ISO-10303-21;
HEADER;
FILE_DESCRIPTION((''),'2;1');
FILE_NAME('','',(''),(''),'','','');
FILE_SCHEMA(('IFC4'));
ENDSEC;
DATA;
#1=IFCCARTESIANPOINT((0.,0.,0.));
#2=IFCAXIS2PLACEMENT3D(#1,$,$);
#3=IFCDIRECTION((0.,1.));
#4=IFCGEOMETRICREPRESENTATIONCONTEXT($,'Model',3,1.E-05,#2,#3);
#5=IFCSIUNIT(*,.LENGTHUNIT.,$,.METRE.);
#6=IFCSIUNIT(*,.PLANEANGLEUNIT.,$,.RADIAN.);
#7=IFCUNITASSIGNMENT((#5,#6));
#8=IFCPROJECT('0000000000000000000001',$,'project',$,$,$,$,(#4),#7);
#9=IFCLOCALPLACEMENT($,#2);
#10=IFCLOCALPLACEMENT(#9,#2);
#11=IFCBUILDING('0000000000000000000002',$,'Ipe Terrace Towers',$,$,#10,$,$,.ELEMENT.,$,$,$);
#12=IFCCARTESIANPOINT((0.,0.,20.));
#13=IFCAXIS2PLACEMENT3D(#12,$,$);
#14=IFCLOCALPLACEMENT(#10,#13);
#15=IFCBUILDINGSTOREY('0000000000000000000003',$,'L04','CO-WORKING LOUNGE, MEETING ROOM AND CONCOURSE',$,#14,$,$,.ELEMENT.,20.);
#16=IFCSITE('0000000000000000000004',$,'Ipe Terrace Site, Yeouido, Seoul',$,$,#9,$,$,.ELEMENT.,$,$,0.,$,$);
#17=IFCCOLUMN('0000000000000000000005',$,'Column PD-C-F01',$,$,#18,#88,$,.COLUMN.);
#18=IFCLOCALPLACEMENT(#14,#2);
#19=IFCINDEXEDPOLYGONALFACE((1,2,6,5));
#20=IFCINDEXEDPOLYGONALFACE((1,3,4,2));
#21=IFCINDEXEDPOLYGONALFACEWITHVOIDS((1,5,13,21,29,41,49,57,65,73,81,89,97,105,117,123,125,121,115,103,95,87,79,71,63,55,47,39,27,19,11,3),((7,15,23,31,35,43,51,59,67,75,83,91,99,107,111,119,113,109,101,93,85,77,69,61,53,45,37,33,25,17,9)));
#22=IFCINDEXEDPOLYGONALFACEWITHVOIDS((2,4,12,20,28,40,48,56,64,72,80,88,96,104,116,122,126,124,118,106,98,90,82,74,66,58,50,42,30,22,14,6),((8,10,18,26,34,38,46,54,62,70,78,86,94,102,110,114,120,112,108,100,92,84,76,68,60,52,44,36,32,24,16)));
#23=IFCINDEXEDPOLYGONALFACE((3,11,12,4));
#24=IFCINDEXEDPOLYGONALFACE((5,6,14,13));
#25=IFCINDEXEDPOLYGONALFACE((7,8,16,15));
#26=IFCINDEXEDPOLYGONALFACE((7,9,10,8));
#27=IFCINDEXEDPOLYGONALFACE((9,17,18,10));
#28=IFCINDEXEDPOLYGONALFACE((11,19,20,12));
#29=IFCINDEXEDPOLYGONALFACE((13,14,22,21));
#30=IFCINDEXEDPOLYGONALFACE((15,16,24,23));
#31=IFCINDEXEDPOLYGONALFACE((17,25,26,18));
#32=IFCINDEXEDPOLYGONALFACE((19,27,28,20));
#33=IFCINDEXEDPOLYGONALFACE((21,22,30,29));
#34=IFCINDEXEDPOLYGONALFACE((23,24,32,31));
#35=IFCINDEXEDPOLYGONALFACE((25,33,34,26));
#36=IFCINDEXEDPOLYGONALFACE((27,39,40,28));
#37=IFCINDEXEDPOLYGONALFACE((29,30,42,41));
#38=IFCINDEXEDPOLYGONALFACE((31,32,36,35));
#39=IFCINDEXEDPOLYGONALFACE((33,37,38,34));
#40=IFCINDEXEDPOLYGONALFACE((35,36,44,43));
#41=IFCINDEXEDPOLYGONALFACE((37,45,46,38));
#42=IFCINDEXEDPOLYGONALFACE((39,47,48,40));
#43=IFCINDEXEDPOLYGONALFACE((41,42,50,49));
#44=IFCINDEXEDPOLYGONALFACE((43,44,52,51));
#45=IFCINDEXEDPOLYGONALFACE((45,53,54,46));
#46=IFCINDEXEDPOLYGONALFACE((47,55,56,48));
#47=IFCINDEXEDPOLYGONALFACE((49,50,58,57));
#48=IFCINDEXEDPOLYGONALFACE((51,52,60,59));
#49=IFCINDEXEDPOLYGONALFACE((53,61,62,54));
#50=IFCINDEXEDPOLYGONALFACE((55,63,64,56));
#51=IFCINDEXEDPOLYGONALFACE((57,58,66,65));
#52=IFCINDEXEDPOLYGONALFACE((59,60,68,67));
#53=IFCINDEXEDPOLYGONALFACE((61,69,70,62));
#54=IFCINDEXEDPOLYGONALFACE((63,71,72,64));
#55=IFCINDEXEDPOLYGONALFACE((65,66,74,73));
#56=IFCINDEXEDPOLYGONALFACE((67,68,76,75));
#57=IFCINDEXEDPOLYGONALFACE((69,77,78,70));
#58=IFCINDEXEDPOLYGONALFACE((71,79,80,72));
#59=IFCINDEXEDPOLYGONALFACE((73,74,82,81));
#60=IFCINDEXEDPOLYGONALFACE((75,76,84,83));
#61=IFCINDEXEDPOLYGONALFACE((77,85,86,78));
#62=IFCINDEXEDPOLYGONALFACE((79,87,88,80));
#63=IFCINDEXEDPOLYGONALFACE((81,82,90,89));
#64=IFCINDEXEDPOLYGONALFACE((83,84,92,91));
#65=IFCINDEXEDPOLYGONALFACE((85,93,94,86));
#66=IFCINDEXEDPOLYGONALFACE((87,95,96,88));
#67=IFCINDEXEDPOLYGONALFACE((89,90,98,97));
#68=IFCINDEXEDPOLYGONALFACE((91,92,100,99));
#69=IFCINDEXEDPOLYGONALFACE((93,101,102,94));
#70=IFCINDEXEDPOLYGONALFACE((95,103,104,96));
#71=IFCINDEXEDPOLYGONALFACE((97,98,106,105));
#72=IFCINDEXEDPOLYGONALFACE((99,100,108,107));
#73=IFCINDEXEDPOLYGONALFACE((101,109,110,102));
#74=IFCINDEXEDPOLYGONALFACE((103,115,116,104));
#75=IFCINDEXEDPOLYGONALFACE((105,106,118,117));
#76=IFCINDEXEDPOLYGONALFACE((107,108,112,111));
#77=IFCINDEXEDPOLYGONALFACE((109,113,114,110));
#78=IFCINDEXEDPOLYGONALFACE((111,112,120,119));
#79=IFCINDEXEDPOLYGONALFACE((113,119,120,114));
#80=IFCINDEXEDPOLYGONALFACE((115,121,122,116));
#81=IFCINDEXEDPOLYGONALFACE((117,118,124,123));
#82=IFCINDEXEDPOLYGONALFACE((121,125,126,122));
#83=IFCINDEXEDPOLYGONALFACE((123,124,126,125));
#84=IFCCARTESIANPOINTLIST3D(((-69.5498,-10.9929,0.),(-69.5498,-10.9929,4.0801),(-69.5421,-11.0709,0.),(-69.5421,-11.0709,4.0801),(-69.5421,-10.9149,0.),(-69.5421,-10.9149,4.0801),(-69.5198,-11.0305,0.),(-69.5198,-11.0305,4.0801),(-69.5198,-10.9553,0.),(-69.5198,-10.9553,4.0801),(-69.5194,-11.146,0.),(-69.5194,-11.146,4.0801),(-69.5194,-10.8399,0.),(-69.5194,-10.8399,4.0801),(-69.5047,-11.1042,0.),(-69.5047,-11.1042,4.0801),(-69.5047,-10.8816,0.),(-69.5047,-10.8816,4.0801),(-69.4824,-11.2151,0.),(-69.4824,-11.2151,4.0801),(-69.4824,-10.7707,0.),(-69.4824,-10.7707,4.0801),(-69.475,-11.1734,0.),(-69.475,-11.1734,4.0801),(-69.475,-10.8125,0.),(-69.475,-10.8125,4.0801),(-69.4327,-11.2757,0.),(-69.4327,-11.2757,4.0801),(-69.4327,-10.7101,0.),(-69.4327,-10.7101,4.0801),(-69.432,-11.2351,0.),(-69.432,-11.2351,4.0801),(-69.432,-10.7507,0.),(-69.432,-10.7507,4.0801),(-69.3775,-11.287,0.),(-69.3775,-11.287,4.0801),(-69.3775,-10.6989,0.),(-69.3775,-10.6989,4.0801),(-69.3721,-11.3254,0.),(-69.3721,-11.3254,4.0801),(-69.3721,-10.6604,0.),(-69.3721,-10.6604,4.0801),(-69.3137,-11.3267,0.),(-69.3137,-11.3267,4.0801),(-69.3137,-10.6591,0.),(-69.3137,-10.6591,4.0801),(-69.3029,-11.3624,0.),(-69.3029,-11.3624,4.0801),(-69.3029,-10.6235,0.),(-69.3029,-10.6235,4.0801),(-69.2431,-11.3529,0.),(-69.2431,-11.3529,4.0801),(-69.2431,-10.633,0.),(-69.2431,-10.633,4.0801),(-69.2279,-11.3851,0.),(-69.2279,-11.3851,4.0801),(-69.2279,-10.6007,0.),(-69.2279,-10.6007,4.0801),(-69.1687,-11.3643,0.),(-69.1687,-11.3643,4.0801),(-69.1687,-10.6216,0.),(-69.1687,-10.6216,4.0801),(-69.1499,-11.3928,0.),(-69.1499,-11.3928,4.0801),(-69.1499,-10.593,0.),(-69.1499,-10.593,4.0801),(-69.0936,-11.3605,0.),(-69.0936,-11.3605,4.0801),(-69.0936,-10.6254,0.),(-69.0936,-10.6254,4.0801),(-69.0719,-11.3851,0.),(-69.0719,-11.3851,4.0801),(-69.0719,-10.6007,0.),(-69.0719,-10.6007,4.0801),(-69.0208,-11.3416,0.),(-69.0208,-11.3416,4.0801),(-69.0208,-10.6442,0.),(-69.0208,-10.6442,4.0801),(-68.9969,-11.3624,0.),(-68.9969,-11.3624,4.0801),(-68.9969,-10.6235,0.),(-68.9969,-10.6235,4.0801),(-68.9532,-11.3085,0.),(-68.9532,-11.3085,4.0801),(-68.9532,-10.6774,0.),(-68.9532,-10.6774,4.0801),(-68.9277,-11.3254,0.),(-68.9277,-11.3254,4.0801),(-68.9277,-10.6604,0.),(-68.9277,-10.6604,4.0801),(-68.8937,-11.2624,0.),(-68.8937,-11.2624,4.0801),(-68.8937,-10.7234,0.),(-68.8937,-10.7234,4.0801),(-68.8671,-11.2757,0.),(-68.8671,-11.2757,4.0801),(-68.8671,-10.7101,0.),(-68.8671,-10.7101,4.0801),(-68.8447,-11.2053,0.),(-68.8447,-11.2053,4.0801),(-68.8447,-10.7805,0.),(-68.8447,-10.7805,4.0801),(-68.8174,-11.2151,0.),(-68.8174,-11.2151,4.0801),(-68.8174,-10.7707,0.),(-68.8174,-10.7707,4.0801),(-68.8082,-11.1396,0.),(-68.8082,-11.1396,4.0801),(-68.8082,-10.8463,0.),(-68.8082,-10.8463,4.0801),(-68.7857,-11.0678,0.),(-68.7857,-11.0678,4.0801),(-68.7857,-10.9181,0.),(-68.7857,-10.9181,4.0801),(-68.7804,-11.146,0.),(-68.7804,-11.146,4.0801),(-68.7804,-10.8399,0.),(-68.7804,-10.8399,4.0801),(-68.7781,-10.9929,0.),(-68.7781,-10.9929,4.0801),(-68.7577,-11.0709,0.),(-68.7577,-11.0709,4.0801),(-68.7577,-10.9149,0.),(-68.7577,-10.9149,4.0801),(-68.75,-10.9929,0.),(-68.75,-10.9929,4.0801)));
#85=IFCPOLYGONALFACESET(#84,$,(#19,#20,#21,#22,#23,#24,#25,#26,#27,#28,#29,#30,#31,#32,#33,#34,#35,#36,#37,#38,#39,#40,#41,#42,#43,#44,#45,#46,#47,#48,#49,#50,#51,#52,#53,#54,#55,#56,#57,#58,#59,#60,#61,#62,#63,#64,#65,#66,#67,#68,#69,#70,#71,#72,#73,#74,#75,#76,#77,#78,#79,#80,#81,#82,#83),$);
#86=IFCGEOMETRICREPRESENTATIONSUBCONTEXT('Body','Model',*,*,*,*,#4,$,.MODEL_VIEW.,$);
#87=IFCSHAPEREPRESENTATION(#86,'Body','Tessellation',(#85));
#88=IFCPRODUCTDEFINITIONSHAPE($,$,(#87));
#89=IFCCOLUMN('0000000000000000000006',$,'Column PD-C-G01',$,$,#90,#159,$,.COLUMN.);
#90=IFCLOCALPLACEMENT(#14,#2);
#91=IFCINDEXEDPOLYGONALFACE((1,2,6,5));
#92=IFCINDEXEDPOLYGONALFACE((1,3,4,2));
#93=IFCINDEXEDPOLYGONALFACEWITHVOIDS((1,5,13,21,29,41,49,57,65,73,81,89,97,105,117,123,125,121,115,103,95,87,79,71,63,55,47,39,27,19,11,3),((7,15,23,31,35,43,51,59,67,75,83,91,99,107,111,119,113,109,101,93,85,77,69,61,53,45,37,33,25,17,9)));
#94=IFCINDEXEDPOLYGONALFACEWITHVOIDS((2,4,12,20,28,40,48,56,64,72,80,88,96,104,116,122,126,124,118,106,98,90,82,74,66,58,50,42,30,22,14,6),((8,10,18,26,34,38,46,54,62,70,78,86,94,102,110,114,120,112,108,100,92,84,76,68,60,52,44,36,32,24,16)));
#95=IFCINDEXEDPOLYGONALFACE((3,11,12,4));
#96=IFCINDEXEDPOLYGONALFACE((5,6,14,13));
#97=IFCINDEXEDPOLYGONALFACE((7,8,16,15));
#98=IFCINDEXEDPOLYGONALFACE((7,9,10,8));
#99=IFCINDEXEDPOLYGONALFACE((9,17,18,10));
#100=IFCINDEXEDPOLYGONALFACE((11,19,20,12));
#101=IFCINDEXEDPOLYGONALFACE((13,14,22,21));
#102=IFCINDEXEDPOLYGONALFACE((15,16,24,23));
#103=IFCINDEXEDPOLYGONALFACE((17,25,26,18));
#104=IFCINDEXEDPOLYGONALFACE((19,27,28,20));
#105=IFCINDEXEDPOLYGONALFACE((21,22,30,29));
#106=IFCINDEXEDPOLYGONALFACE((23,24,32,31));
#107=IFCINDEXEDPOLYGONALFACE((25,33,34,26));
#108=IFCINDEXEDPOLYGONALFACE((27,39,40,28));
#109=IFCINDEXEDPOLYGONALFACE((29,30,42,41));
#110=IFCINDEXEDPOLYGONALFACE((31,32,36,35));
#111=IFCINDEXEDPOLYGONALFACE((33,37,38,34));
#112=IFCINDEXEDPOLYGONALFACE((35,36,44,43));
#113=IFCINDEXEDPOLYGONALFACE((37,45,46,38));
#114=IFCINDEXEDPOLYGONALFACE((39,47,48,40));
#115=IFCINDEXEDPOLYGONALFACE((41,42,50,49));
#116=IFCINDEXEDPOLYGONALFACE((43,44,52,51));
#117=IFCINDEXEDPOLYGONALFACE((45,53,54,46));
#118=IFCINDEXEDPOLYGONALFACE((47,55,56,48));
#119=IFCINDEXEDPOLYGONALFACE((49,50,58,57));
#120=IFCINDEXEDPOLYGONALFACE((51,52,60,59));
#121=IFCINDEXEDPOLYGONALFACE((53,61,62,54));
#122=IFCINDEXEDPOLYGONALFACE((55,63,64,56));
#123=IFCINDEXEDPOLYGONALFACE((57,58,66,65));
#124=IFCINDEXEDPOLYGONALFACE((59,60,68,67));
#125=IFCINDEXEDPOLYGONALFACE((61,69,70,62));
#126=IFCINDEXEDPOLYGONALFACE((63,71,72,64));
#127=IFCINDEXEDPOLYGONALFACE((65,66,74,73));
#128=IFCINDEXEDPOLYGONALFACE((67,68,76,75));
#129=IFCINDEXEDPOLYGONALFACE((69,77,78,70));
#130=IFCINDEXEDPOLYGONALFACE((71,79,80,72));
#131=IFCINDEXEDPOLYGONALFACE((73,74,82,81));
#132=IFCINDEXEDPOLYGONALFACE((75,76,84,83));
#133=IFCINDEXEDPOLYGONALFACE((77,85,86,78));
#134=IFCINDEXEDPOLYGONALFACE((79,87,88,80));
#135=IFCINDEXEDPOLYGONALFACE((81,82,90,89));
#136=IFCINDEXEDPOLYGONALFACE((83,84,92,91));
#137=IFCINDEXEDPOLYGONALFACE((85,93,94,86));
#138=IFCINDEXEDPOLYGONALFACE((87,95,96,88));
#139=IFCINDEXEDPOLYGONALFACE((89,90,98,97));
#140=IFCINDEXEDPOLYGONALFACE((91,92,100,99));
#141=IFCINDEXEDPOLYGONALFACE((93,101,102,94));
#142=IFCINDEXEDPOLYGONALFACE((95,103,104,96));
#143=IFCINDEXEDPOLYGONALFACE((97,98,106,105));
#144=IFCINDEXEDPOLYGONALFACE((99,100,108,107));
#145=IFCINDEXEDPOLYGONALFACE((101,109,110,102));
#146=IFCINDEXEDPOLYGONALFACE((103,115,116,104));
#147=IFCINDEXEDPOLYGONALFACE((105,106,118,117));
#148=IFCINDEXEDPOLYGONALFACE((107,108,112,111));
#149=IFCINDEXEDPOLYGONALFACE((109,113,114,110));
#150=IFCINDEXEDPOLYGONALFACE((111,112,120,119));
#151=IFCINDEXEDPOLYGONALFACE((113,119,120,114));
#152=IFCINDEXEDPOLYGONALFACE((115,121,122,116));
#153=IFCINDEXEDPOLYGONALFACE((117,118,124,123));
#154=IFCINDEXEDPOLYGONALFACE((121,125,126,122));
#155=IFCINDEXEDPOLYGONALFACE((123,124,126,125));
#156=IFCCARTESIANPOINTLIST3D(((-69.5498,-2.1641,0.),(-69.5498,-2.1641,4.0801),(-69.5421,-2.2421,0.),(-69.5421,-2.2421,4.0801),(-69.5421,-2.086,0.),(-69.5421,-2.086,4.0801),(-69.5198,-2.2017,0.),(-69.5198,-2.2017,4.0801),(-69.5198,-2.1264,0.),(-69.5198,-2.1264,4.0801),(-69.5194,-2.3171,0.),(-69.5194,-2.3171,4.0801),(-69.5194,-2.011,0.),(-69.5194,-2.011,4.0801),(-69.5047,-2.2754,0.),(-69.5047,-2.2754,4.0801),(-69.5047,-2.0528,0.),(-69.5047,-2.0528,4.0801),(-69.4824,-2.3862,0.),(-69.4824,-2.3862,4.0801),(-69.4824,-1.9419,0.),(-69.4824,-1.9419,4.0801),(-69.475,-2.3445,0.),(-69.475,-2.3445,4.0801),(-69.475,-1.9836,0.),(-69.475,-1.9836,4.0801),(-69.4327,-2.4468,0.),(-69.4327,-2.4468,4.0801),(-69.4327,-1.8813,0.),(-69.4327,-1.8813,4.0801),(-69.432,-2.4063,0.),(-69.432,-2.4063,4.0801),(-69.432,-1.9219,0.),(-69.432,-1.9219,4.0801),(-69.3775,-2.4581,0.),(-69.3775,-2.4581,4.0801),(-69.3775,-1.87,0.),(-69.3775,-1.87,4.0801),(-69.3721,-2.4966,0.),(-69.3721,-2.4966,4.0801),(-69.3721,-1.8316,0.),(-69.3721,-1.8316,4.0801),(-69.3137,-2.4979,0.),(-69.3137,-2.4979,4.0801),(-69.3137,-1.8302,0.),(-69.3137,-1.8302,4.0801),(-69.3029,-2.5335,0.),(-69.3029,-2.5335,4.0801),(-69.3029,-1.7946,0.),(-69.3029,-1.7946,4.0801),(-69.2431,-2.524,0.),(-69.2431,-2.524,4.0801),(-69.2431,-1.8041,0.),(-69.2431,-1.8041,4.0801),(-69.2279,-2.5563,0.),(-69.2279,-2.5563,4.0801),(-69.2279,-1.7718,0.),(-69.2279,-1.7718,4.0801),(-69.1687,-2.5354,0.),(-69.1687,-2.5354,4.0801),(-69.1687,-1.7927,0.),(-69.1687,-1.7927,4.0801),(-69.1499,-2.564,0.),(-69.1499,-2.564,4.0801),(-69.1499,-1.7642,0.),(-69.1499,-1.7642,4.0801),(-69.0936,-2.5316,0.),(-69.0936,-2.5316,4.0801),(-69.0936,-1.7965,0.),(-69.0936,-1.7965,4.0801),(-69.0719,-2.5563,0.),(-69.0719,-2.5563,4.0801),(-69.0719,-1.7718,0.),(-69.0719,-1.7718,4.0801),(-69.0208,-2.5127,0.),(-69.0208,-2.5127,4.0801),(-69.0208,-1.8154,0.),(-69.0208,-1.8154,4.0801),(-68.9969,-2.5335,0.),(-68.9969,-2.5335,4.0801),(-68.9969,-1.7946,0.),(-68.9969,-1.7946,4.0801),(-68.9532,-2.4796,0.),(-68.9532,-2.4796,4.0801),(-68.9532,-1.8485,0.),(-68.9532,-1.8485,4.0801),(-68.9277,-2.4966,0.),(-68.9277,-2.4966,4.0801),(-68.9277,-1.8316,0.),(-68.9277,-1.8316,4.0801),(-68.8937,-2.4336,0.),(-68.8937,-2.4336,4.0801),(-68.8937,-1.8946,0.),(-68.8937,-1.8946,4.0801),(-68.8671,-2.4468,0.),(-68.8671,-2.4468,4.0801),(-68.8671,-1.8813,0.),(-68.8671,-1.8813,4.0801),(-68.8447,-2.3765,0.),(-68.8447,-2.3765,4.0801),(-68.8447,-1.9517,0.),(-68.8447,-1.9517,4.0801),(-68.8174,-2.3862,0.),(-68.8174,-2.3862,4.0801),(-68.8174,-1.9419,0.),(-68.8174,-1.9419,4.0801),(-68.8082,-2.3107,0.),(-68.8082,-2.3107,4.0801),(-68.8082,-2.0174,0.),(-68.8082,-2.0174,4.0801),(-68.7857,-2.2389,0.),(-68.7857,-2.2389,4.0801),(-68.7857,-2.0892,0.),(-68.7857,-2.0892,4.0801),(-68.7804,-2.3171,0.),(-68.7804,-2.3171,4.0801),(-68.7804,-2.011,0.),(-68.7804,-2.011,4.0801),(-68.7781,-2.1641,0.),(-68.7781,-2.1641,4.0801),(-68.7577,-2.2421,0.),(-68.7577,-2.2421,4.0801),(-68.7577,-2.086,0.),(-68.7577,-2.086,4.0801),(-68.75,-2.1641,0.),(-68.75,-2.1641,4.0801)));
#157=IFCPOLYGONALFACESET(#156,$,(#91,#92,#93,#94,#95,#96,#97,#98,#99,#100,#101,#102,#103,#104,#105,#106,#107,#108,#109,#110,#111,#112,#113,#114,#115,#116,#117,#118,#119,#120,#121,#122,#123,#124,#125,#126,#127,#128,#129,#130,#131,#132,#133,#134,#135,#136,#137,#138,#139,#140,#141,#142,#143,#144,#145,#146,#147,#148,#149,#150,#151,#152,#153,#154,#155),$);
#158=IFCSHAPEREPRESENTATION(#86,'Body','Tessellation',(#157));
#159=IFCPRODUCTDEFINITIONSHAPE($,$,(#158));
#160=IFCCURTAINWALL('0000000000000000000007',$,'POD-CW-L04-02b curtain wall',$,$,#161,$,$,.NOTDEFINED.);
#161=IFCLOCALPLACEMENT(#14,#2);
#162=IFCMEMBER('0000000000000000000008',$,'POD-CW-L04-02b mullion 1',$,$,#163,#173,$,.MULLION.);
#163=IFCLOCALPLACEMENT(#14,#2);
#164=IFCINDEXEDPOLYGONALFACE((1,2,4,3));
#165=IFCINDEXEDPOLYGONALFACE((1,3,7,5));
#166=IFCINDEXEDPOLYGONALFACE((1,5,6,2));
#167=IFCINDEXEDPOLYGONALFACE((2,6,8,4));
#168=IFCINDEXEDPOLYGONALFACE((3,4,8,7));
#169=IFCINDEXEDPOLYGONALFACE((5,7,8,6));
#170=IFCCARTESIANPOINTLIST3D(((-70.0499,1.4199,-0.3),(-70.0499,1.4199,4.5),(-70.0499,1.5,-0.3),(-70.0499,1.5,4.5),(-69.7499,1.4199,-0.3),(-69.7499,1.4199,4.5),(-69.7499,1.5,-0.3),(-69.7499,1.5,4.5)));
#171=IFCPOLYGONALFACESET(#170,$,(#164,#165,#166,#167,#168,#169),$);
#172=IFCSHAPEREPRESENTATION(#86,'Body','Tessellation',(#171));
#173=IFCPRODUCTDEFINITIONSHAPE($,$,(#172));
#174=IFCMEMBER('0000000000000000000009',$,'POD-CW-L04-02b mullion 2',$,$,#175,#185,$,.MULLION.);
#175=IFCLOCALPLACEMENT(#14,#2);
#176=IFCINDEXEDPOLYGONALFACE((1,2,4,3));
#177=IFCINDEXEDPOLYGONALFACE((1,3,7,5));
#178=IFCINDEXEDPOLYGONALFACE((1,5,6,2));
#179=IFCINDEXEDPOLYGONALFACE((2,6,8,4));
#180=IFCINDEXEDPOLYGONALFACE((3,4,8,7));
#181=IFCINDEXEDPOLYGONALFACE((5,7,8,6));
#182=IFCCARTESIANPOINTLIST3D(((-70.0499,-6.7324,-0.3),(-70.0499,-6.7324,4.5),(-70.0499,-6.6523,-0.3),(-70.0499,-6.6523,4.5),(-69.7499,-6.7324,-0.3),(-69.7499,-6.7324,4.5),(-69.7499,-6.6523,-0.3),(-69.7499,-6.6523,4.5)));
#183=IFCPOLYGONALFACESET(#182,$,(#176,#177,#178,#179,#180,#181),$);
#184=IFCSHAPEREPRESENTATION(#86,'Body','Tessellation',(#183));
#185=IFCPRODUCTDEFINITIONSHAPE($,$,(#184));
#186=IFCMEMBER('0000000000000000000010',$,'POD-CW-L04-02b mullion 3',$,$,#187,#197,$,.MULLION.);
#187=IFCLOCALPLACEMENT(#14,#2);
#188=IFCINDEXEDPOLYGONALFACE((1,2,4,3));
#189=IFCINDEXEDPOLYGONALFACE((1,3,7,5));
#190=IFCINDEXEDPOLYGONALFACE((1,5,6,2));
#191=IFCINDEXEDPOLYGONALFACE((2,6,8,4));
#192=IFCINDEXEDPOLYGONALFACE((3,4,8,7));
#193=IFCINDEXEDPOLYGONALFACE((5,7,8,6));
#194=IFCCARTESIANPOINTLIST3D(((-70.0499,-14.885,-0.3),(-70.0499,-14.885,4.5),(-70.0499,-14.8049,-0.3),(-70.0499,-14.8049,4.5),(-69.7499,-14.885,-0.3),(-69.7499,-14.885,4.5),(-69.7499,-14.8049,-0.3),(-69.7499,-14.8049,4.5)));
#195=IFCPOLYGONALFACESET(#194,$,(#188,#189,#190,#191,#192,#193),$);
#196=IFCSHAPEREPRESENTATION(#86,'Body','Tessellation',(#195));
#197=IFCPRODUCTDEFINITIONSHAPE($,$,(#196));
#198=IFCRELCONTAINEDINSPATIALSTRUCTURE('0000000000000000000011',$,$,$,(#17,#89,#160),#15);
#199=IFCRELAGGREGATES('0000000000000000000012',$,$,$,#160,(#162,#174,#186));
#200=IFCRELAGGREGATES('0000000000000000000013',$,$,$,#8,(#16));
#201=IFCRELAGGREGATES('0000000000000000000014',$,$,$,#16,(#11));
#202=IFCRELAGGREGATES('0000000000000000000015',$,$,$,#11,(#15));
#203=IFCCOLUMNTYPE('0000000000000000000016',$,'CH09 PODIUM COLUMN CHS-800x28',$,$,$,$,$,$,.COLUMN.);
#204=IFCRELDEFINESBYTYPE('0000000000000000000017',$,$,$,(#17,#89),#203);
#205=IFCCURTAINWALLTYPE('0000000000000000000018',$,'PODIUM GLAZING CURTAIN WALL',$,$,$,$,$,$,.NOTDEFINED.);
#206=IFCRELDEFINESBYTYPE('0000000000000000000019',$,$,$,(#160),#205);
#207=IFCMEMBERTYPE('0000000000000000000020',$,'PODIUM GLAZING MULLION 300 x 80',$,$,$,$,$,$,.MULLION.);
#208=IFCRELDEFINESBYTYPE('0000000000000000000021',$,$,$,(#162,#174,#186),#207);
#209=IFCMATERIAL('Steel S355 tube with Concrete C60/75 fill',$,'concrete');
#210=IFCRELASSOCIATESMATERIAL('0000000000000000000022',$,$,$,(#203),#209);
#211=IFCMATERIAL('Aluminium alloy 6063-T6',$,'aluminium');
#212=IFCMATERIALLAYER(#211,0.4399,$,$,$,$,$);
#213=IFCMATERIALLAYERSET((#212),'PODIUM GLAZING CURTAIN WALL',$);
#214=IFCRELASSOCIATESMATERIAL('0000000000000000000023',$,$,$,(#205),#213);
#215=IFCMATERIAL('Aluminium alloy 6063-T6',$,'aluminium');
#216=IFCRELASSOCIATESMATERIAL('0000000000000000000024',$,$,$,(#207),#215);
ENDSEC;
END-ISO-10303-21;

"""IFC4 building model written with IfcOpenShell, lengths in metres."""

from ifc_helpers import new_model, si_unit, direction, frame, origin, origin_2d, place, context, subcontext, project, spatial, rectangle, hollow_circle, extrude, material, layer, layer_set, material_profile, profile_set, type_object, element, aggregate, save


model = new_model("IFC4")

# Units and contexts
model_context = context("Model", 3, precision=1e-05, world=origin(), true_north=direction((0.0, 1.0)))
body_context = subcontext(model_context, "Body", "Model", "MODEL_VIEW")
ifc_project = project(units=[si_unit("LENGTHUNIT", "METRE"), si_unit("PLANEANGLEUNIT", "RADIAN")], contexts=[model_context])

# Site, building, storey
site_placement = place(None, origin())
site = spatial("IfcSite", under=ifc_project, at=site_placement, Name="Ipe Terrace Site, Yeouido, Seoul", CompositionType="ELEMENT", RefElevation=0.0)
building_placement = place(site_placement, origin())
building = spatial("IfcBuilding", under=site, at=building_placement, Name="Ipe Terrace Towers", CompositionType="ELEMENT")
storey_placement = place(building_placement, frame((0.0, 0.0, 20.0)))
storey = spatial("IfcBuildingStorey", under=building, at=storey_placement, Name="L04", Description="CO-WORKING LOUNGE, MEETING ROOM AND CONCOURSE", CompositionType="ELEMENT", Elevation=20.0)

# Columns
ifc_material_1 = material(Name="Steel S355 tube with Concrete C60/75 fill", Category="concrete")
ifc_material_profile_1 = material_profile(ifc_material_1, hollow_circle(Radius=0.3999, WallThickness=0.0281, at=origin_2d()), Name="CHS-800x28")
ifc_profile_set_1 = profile_set([ifc_material_profile_1], Name="Steel S355 tube with Concrete C60/75 fill")
column_type = type_object("IfcColumnType", Name="CH09 PODIUM COLUMN CHS-800x28", PredefinedType="COLUMN", material=ifc_profile_set_1)
for number, where, z_axis, x_axis, name in (
    (1, (-69.1499, -10.9929, 0.0), (0.0, 0.0, 1.0), (1.0, 0.0, 0.0), "Column PD-C-F01"),
    (2, (-69.1499, -2.1641, 0.0), (0.0, 0.0, 1.0), (1.0, 0.0, 0.0), "Column PD-C-G01"),
):
    element("IfcColumn", number, at=place(storey_placement, frame(where, z_axis=z_axis, x_axis=x_axis)), inside=storey, type_object=column_type, Name=name, PredefinedType="COLUMN", context=body_context, shape_type="SweptSolid", body=[
        extrude(hollow_circle(Radius=0.3999, WallThickness=0.0281, at=origin_2d()), origin(), (0.0, 0.0, 1.0), 4.0801),
    ])

# Curtain wall, members
ifc_material_2 = material(Name="Aluminium alloy 6063-T6", Category="aluminium")
ifc_layer_1 = layer(ifc_material_2, 0.4399)
ifc_layer_set_1 = layer_set([ifc_layer_1], Name="PODIUM GLAZING CURTAIN WALL")
curtain_wall_type = type_object("IfcCurtainWallType", Name="PODIUM GLAZING CURTAIN WALL", PredefinedType="NOTDEFINED", material=ifc_layer_set_1)
curtain_wall_placement = place(storey_placement, origin())
curtain_wall = element("IfcCurtainWall", 3, at=curtain_wall_placement, inside=storey, type_object=curtain_wall_type, Name="POD-CW-L04-02b curtain wall", PredefinedType="NOTDEFINED")
ifc_material_3 = material(Name="Aluminium alloy 6063-T6", Category="aluminium")
ifc_material_profile_2 = material_profile(ifc_material_3, rectangle(XDim=0.3, YDim=0.0801, at=origin_2d()), Name="PODIUM GLAZING MULLION 300 x 80")
ifc_profile_set_2 = profile_set([ifc_material_profile_2], Name="Aluminium alloy 6063-T6")
member_type_1 = type_object("IfcMemberType", Name="PODIUM GLAZING MULLION 300 x 80", PredefinedType="MULLION", material=ifc_profile_set_2)
member_1_placement = place(storey_placement, frame((-69.8999, 1.46, -0.3), z_axis=(0.0, 0.0, 1.0), x_axis=(-1.0, 0.0, 0.0)))
member_1 = element("IfcMember", 4, at=member_1_placement, type_object=member_type_1, Name="POD-CW-L04-02b mullion 1", PredefinedType="MULLION", context=body_context, shape_type="SweptSolid", body=[
    extrude(rectangle(XDim=0.3, YDim=0.0801, at=origin_2d()), origin(), (0.0, 0.0, 1.0), 4.8),
])
member_2_placement = place(storey_placement, frame((-69.8999, -6.6924, -0.3), z_axis=(0.0, 0.0, 1.0), x_axis=(-1.0, 0.0, 0.0)))
member_2 = element("IfcMember", 5, at=member_2_placement, type_object=member_type_1, Name="POD-CW-L04-02b mullion 2", PredefinedType="MULLION", context=body_context, shape_type="SweptSolid", body=[
    extrude(rectangle(XDim=0.3, YDim=0.0801, at=origin_2d()), origin(), (0.0, 0.0, 1.0), 4.8),
])
member_3_placement = place(storey_placement, frame((-69.8999, -14.845, -0.3), z_axis=(0.0, 0.0, 1.0), x_axis=(-1.0, 0.0, 0.0)))
member_3 = element("IfcMember", 6, at=member_3_placement, type_object=member_type_1, Name="POD-CW-L04-02b mullion 3", PredefinedType="MULLION", context=body_context, shape_type="SweptSolid", body=[
    extrude(rectangle(XDim=0.3, YDim=0.0801, at=origin_2d()), origin(), (0.0, 0.0, 1.0), 4.8),
])
aggregate(curtain_wall, [member_1, member_2, member_3])

save(model, "model.ifc")
